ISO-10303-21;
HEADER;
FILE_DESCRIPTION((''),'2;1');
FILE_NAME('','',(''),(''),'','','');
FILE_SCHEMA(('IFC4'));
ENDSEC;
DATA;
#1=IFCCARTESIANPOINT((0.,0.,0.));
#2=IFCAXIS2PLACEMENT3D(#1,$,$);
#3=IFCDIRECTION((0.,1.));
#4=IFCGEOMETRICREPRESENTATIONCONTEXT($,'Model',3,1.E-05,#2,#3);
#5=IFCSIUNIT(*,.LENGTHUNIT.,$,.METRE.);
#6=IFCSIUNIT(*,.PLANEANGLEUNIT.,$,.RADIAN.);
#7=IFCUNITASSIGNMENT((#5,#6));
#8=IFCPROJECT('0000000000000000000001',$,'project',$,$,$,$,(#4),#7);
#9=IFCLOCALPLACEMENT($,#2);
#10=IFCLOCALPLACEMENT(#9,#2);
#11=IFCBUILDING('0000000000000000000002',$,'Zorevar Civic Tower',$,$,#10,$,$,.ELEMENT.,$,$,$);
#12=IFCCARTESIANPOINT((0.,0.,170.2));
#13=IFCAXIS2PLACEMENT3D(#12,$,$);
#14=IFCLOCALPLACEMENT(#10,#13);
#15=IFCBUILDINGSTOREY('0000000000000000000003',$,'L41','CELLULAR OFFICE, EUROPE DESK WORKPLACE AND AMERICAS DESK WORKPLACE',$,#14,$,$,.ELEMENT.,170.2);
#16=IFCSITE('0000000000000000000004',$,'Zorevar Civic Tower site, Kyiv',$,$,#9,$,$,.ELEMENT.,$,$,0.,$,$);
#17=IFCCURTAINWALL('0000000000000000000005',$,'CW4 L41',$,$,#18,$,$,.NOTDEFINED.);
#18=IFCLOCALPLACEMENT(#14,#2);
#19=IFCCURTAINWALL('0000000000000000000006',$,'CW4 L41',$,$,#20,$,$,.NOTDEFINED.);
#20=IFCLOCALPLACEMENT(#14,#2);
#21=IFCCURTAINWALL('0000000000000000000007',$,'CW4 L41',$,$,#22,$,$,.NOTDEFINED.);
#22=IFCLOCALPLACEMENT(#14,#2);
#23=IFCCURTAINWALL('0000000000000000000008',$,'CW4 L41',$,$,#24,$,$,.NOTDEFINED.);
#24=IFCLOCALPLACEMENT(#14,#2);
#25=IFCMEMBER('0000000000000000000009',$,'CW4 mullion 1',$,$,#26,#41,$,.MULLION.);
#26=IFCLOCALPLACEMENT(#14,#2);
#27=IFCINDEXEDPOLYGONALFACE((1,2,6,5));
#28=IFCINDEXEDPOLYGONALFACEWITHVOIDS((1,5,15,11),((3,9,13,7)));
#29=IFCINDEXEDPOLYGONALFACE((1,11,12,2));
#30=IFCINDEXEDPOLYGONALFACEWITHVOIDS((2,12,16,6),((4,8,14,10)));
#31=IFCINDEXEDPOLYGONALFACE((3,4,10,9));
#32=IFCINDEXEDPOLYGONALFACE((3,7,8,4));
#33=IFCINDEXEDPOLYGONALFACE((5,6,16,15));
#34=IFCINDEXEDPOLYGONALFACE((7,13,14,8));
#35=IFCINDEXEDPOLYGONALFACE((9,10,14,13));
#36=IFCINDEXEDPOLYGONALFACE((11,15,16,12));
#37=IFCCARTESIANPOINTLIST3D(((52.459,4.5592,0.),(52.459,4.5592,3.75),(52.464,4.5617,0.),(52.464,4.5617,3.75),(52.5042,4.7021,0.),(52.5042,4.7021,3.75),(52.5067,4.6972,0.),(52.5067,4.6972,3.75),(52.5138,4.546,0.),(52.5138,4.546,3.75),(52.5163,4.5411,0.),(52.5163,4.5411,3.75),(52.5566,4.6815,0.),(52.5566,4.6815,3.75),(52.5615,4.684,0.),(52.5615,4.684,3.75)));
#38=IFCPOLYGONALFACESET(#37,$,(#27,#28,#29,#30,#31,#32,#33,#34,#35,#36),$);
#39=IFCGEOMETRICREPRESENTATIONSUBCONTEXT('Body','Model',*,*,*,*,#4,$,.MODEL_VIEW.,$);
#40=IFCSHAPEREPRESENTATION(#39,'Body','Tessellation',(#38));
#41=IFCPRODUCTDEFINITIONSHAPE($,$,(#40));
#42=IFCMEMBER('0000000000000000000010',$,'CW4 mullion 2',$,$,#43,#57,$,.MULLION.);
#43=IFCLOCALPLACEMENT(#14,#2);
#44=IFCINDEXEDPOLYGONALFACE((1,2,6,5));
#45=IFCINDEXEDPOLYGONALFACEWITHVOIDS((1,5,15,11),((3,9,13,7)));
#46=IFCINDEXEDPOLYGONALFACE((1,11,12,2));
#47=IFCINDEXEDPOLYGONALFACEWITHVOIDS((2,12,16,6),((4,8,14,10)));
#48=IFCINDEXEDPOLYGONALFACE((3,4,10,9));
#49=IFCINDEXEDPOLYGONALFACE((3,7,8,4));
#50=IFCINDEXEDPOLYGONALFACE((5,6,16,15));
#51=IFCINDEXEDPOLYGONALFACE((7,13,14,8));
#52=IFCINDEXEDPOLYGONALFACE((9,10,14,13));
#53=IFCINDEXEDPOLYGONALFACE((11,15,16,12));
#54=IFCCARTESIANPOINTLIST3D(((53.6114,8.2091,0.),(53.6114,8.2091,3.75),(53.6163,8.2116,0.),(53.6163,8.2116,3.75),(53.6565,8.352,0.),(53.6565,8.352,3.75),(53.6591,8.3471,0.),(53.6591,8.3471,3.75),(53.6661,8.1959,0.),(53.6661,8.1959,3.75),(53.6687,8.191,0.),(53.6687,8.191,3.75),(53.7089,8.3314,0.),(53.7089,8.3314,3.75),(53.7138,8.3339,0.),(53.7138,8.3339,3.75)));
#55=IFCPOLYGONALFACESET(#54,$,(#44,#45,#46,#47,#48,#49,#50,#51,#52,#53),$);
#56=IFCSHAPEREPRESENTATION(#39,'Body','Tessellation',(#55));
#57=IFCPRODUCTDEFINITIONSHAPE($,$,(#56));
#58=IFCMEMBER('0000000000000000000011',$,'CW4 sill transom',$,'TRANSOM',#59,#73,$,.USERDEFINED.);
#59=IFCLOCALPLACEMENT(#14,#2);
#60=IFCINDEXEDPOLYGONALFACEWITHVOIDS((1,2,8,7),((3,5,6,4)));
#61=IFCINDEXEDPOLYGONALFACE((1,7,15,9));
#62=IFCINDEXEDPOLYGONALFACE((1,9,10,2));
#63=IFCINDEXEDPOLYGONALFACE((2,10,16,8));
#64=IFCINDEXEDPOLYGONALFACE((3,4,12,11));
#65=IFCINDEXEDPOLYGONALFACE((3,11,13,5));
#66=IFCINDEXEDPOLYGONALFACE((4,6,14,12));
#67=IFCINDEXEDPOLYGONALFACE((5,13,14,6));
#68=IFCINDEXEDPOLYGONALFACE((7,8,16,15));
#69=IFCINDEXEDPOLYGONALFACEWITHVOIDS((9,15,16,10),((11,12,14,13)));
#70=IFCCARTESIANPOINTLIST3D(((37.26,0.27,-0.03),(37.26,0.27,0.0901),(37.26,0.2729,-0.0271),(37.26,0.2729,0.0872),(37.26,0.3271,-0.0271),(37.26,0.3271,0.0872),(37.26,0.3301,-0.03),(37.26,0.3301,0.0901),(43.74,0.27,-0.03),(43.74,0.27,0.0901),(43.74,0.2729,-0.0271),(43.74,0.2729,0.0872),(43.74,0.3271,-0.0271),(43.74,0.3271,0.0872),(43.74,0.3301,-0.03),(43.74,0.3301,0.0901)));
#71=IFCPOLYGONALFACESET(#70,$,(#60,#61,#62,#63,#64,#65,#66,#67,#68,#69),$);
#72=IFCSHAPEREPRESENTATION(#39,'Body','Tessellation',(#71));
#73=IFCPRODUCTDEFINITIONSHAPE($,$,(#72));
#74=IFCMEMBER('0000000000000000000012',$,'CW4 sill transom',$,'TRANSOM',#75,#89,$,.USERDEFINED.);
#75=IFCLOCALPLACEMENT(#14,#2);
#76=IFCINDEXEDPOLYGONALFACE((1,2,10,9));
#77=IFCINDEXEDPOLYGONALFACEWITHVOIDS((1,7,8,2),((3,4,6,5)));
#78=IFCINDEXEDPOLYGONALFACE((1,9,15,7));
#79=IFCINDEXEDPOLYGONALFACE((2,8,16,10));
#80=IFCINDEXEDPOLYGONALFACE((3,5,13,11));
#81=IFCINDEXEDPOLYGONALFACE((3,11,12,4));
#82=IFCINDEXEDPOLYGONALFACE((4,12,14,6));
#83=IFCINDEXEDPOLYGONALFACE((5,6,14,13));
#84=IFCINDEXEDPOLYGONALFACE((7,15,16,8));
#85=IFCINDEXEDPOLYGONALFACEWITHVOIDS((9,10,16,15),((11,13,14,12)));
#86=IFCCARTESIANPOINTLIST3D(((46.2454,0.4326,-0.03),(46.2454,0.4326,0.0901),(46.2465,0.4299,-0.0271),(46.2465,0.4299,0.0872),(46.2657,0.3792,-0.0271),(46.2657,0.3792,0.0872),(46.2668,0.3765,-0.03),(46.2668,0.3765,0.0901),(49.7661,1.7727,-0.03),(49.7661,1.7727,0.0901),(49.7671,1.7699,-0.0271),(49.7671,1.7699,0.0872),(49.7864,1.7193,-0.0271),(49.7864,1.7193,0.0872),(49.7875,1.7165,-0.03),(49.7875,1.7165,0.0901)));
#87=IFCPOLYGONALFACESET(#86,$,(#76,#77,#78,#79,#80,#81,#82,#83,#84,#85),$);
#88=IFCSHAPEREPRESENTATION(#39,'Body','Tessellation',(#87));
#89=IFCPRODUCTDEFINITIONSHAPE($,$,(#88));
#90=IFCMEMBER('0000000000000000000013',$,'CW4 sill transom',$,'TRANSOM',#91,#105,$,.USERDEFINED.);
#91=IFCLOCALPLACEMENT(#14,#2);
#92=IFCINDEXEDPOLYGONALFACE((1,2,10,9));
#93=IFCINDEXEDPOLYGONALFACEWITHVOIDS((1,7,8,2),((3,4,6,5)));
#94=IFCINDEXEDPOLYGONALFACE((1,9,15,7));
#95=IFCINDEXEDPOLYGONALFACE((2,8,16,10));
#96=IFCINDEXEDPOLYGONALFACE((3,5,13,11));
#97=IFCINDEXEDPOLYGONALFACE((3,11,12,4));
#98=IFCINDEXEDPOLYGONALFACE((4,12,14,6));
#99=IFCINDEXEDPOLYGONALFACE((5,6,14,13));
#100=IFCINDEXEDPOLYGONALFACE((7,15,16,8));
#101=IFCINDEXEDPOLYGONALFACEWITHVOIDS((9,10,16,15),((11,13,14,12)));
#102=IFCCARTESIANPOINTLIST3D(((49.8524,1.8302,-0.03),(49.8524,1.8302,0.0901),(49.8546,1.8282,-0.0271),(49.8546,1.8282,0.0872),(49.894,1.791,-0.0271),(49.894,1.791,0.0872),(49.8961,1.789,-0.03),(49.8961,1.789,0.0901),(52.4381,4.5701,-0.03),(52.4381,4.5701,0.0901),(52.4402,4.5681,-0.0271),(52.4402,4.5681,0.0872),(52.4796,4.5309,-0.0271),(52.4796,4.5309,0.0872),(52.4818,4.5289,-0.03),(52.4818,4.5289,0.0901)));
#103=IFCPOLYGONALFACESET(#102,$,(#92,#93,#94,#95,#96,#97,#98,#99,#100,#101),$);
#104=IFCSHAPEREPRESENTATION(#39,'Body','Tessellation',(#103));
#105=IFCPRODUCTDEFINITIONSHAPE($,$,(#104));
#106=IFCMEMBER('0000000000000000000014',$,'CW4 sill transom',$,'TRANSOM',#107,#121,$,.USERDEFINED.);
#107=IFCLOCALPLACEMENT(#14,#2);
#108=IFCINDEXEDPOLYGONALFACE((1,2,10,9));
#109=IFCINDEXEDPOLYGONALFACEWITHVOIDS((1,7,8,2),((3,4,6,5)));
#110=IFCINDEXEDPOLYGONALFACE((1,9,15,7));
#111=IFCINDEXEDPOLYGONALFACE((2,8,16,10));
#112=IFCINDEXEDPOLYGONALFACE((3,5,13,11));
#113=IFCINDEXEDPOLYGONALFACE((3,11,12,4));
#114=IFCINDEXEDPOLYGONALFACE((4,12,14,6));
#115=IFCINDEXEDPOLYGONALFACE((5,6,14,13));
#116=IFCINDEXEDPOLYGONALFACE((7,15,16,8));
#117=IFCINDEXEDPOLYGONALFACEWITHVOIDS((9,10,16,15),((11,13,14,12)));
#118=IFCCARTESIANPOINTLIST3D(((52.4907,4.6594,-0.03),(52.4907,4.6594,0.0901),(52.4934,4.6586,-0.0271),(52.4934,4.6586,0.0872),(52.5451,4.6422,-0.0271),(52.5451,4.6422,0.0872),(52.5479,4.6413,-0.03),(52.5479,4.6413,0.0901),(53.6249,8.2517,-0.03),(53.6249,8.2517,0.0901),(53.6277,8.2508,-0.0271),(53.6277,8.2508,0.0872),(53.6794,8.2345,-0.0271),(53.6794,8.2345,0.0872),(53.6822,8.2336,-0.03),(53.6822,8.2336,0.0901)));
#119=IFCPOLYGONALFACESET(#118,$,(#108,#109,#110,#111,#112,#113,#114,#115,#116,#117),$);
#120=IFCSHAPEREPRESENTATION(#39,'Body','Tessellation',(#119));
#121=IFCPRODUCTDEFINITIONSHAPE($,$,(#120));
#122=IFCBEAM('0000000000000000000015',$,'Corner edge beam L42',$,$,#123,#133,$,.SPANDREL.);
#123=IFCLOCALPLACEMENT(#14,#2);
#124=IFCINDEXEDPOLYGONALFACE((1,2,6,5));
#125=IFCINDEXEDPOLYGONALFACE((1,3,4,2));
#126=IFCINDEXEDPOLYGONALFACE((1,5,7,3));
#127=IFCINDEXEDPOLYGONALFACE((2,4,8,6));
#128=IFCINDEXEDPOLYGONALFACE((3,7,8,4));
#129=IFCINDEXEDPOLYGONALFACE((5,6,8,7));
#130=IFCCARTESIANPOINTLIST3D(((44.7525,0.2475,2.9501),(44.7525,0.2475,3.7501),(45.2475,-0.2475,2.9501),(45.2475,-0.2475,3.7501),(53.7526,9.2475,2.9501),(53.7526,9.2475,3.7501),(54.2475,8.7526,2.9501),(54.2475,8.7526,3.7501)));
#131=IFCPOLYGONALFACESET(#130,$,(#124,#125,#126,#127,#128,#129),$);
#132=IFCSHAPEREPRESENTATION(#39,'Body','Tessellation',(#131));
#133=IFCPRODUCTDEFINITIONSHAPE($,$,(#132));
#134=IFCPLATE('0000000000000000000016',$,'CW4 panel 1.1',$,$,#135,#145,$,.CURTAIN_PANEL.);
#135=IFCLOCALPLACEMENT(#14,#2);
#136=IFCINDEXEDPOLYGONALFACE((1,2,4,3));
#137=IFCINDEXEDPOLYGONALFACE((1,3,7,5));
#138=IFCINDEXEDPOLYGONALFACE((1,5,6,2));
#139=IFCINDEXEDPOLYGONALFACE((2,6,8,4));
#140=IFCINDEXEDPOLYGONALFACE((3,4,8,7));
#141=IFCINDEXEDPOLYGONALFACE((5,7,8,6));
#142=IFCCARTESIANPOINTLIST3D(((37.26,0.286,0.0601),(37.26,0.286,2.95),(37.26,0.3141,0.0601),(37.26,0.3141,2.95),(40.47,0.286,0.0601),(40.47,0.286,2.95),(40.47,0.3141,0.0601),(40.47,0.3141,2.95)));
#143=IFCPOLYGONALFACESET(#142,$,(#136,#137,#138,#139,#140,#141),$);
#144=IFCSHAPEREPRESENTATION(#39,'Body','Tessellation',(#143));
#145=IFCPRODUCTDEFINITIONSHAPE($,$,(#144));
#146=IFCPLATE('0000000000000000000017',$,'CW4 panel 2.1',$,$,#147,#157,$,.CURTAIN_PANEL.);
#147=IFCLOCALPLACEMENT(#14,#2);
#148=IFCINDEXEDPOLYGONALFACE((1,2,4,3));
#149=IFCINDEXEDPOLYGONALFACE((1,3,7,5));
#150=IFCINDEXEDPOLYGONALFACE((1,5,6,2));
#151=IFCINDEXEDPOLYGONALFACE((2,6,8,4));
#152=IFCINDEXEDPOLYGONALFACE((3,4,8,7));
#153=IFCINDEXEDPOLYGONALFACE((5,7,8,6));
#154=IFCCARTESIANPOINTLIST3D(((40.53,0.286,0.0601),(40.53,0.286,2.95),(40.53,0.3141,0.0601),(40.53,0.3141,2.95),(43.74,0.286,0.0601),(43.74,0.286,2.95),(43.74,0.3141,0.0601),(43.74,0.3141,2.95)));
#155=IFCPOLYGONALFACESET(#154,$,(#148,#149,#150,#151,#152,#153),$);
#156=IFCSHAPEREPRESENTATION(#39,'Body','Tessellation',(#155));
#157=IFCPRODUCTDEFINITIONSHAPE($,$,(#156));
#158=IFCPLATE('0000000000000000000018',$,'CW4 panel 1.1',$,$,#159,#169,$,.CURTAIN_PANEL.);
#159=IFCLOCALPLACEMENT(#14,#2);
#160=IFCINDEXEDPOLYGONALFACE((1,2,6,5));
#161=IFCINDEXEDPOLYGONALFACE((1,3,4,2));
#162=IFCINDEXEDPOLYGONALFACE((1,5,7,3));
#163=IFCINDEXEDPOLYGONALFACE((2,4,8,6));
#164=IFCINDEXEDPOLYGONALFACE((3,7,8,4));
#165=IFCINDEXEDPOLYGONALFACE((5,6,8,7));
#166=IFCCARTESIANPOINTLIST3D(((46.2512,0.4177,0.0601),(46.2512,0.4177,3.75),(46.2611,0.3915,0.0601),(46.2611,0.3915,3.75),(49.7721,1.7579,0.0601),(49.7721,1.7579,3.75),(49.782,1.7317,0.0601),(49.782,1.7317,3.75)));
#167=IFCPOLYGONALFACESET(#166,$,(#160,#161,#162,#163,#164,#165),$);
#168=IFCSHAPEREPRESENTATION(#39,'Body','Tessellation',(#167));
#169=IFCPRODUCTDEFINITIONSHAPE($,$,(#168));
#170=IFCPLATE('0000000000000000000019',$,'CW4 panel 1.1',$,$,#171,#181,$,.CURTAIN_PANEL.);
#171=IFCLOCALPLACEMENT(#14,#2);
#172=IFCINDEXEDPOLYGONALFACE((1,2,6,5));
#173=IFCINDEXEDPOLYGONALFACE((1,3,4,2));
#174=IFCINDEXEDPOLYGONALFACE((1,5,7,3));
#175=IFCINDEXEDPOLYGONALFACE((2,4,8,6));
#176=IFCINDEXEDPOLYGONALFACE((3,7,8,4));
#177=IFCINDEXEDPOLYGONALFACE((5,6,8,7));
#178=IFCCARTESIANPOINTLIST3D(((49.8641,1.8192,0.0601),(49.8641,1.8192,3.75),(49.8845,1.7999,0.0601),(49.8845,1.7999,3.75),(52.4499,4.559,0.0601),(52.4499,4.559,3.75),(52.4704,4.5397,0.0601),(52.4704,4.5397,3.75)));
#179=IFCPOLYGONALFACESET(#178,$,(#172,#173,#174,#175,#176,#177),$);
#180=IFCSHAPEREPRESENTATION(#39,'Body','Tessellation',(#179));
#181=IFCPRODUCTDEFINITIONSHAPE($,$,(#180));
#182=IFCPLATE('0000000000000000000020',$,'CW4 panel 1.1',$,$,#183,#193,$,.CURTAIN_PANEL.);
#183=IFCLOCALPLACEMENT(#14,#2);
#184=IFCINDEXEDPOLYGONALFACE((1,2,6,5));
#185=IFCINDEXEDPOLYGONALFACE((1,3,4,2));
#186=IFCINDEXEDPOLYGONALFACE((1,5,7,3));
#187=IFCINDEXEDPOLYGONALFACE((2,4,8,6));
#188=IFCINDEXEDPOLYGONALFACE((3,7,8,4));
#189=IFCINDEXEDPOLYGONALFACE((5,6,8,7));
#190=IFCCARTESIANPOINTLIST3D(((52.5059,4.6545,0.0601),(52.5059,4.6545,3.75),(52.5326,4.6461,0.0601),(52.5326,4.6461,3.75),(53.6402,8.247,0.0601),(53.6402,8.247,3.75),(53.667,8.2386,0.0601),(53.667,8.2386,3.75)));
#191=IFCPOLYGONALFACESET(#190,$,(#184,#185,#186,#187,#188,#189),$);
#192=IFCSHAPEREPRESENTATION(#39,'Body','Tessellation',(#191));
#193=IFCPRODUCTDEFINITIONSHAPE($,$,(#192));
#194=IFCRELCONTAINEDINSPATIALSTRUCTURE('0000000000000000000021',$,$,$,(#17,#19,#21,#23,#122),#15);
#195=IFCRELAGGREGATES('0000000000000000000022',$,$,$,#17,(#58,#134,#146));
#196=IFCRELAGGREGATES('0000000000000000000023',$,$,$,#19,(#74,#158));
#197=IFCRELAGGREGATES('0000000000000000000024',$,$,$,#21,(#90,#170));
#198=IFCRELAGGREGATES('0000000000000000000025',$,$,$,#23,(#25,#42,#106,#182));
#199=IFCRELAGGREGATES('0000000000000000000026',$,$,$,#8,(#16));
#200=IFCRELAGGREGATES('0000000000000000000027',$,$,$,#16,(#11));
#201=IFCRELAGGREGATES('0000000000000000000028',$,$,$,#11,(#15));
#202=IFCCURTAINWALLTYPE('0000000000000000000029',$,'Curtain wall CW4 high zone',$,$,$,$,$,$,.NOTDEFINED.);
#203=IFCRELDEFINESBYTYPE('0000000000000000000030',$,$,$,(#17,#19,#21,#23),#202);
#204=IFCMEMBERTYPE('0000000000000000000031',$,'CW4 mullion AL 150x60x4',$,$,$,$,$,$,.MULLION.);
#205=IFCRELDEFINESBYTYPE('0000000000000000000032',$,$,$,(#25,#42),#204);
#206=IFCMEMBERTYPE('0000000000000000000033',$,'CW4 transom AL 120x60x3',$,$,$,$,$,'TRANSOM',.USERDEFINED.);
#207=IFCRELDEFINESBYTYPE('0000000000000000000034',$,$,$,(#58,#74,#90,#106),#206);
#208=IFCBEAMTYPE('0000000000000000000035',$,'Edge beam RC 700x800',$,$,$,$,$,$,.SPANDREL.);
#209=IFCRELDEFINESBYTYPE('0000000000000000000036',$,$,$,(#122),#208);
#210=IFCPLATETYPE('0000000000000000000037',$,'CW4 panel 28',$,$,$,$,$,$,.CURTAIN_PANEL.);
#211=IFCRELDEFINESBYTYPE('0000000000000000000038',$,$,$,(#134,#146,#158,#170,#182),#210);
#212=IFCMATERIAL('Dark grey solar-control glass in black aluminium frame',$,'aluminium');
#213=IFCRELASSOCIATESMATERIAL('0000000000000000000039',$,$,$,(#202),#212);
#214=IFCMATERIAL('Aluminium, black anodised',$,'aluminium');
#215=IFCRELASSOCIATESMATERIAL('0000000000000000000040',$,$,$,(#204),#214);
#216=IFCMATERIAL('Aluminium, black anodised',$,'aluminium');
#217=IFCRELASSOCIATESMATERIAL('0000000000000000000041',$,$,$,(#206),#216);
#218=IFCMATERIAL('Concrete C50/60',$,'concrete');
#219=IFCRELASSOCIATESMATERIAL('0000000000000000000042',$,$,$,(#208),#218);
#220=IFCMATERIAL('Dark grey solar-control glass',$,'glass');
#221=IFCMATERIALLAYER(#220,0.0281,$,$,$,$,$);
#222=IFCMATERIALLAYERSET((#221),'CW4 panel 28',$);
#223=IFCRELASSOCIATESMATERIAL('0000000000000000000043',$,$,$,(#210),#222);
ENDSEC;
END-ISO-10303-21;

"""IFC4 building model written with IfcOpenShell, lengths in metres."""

from ifc_helpers import new_model, si_unit, direction, frame, origin, origin_2d, place, context, subcontext, project, spatial, rectangle, hollow_rectangle, extrude, material, layer, layer_set, material_profile, profile_set, type_object, element, aggregate, save


model = new_model("IFC4")

# Units and contexts
model_context = context("Model", 3, precision=1e-05, world=origin(), true_north=direction((0.0, 1.0)))
body_context = subcontext(model_context, "Body", "Model", "MODEL_VIEW")
ifc_project = project(units=[si_unit("LENGTHUNIT", "METRE"), si_unit("PLANEANGLEUNIT", "RADIAN")], contexts=[model_context])

# Site, building, storey
site_placement = place(None, origin())
site = spatial("IfcSite", under=ifc_project, at=site_placement, Name="Zorevar Civic Tower site, Kyiv", CompositionType="ELEMENT", RefElevation=0.0)
building_placement = place(site_placement, origin())
building = spatial("IfcBuilding", under=site, at=building_placement, Name="Zorevar Civic Tower", CompositionType="ELEMENT")
storey_placement = place(building_placement, frame((0.0, 0.0, 170.2)))
storey = spatial("IfcBuildingStorey", under=building, at=storey_placement, Name="L41", Description="CELLULAR OFFICE, EUROPE DESK WORKPLACE AND AMERICAS DESK WORKPLACE", CompositionType="ELEMENT", Elevation=170.2)

# Curtain walls, members
ifc_material_1 = material(Name="Dark grey solar-control glass in black aluminium frame", Category="aluminium")
curtain_wall_type = type_object("IfcCurtainWallType", Name="Curtain wall CW4 high zone", PredefinedType="NOTDEFINED", material=ifc_material_1)
curtain_wall_1_placement = place(storey_placement, origin())
curtain_wall_1 = element("IfcCurtainWall", 1, at=curtain_wall_1_placement, inside=storey, type_object=curtain_wall_type, Name="CW4 L41", PredefinedType="NOTDEFINED")
ifc_material_2 = material(Name="Aluminium, black anodised", Category="aluminium")
ifc_material_profile_1 = material_profile(ifc_material_2, hollow_rectangle(XDim=0.0601, YDim=0.1499, WallThickness=0.0039, at=origin_2d()), Name="AL 150x60x4")
ifc_profile_set_1 = profile_set([ifc_material_profile_1], Name="Aluminium, black anodised")
member_type_1 = type_object("IfcMemberType", Name="CW4 mullion AL 150x60x4", PredefinedType="MULLION", material=ifc_profile_set_1)
curtain_wall_2_placement = place(storey_placement, origin())
curtain_wall_2 = element("IfcCurtainWall", 2, at=curtain_wall_2_placement, inside=storey, type_object=curtain_wall_type, Name="CW4 L41", PredefinedType="NOTDEFINED")
curtain_wall_3_placement = place(storey_placement, origin())
curtain_wall_3 = element("IfcCurtainWall", 3, at=curtain_wall_3_placement, inside=storey, type_object=curtain_wall_type, Name="CW4 L41", PredefinedType="NOTDEFINED")
curtain_wall_4_placement = place(storey_placement, origin())
curtain_wall_4 = element("IfcCurtainWall", 4, at=curtain_wall_4_placement, inside=storey, type_object=curtain_wall_type, Name="CW4 L41", PredefinedType="NOTDEFINED")
member_1_placement = place(storey_placement, frame((52.5103, 4.6216, 0.0), z_axis=(0.0, 0.0, 1.0), x_axis=(-0.95359, 0.301108, 0.0)))
member_1 = element("IfcMember", 5, at=member_1_placement, type_object=member_type_1, Name="CW4 mullion 1", PredefinedType="MULLION", context=body_context, shape_type="SweptSolid", body=[
    extrude(hollow_rectangle(XDim=0.0601, YDim=0.1499, WallThickness=0.0039, at=origin_2d()), origin(), (0.0, 0.0, 1.0), 3.75),
])
member_2_placement = place(storey_placement, frame((53.6626, 8.2715, 0.0), z_axis=(0.0, 0.0, 1.0), x_axis=(-0.95359, 0.301108, 0.0)))
member_2 = element("IfcMember", 6, at=member_2_placement, type_object=member_type_1, Name="CW4 mullion 2", PredefinedType="MULLION", context=body_context, shape_type="SweptSolid", body=[
    extrude(hollow_rectangle(XDim=0.0601, YDim=0.1499, WallThickness=0.0039, at=origin_2d()), origin(), (0.0, 0.0, 1.0), 3.75),
])

# Members
ifc_material_3 = material(Name="Aluminium, black anodised", Category="aluminium")
ifc_material_profile_2 = material_profile(ifc_material_3, hollow_rectangle(XDim=0.0601, YDim=0.1201, WallThickness=0.0029, at=origin_2d()), Name="AL 120x60x3")
ifc_profile_set_2 = profile_set([ifc_material_profile_2], Name="Aluminium, black anodised")
member_type_2 = type_object("IfcMemberType", Name="CW4 transom AL 120x60x3", ElementType="TRANSOM", PredefinedType="USERDEFINED", material=ifc_profile_set_2)
member_3_placement = place(storey_placement, frame((37.26, 0.3, 0.03), z_axis=(1.0, 0.0, 0.0), x_axis=(0.0, 1.0, 0.0)))
member_3 = element("IfcMember", 7, at=member_3_placement, type_object=member_type_2, Name="CW4 sill transom", ObjectType="TRANSOM", PredefinedType="USERDEFINED", context=body_context, shape_type="SweptSolid", body=[
    extrude(hollow_rectangle(XDim=0.0601, YDim=0.1201, WallThickness=0.0029, at=origin_2d()), origin(), (0.0, 0.0, 1.0), 6.48),
])
member_4_placement = place(storey_placement, frame((46.2561, 0.4045, 0.03), z_axis=(0.934589, 0.355729, 0.0), x_axis=(-0.355729, 0.934589, 0.0)))
member_4 = element("IfcMember", 8, at=member_4_placement, type_object=member_type_2, Name="CW4 sill transom", ObjectType="TRANSOM", PredefinedType="USERDEFINED", context=body_context, shape_type="SweptSolid", body=[
    extrude(hollow_rectangle(XDim=0.0601, YDim=0.1201, WallThickness=0.0029, at=origin_2d()), origin(), (0.0, 0.0, 1.0), 3.7671),
])
member_5_placement = place(storey_placement, frame((49.8743, 1.8096, 0.03), z_axis=(0.686332, 0.727288, 0.0), x_axis=(-0.727288, 0.686332, 0.0)))
member_5 = element("IfcMember", 9, at=member_5_placement, type_object=member_type_2, Name="CW4 sill transom", ObjectType="TRANSOM", PredefinedType="USERDEFINED", context=body_context, shape_type="SweptSolid", body=[
    extrude(hollow_rectangle(XDim=0.0601, YDim=0.1201, WallThickness=0.0029, at=origin_2d()), origin(), (0.0, 0.0, 1.0), 3.7673),
])
member_6_placement = place(storey_placement, frame((52.5193, 4.6504, 0.03), z_axis=(0.3011, 0.953592, 0.0), x_axis=(-0.953592, 0.3011, 0.0)))
member_6 = element("IfcMember", 10, at=member_6_placement, type_object=member_type_2, Name="CW4 sill transom", ObjectType="TRANSOM", PredefinedType="USERDEFINED", context=body_context, shape_type="SweptSolid", body=[
    extrude(hollow_rectangle(XDim=0.0601, YDim=0.1201, WallThickness=0.0029, at=origin_2d()), origin(), (0.0, 0.0, 1.0), 3.7671),
])

# Beam
ifc_material_4 = material(Name="Concrete C50/60", Category="concrete")
ifc_material_profile_3 = material_profile(ifc_material_4, rectangle(XDim=0.7, YDim=0.8, at=origin_2d()), Name="RC 700x800")
ifc_profile_set_3 = profile_set([ifc_material_profile_3], Name="Concrete C50/60")
beam_type_1 = type_object("IfcBeamType", Name="Edge beam RC 700x800", PredefinedType="SPANDREL", material=ifc_profile_set_3)
beam_1_placement = place(storey_placement, frame((45.0, 0.0, 3.3501), z_axis=(0.707107, 0.707107, 0.0), x_axis=(-0.707107, 0.707107, 0.0)))
element("IfcBeam", 11, at=beam_1_placement, inside=storey, type_object=beam_type_1, Name="Corner edge beam L42", PredefinedType="SPANDREL", context=body_context, shape_type="SweptSolid", body=[
    extrude(rectangle(XDim=0.7, YDim=0.8, at=origin_2d()), origin(), (0.0, 0.0, 1.0), 12.728),
])

# Plates
ifc_material_5 = material(Name="Dark grey solar-control glass", Category="glass")
ifc_layer_1 = layer(ifc_material_5, 0.0281)
ifc_layer_set_1 = layer_set([ifc_layer_1], Name="CW4 panel 28")
plate_type = type_object("IfcPlateType", Name="CW4 panel 28", PredefinedType="CURTAIN_PANEL", material=ifc_layer_set_1)
plate_1_placement = place(storey_placement, frame((38.865, 0.3, 0.0601), z_axis=(0.0, 0.0, 1.0), x_axis=(1.0, 0.0, 0.0)))
plate_1 = element("IfcPlate", 12, at=plate_1_placement, type_object=plate_type, Name="CW4 panel 1.1", PredefinedType="CURTAIN_PANEL", context=body_context, shape_type="SweptSolid", body=[
    extrude(rectangle(XDim=3.21, YDim=0.0281, at=origin_2d()), origin(), (0.0, 0.0, 1.0), 2.8899),
])
plate_2_placement = place(storey_placement, frame((42.135, 0.3, 0.0601), z_axis=(0.0, 0.0, 1.0), x_axis=(1.0, 0.0, 0.0)))
plate_2 = element("IfcPlate", 13, at=plate_2_placement, type_object=plate_type, Name="CW4 panel 2.1", PredefinedType="CURTAIN_PANEL", context=body_context, shape_type="SweptSolid", body=[
    extrude(rectangle(XDim=3.21, YDim=0.0281, at=origin_2d()), origin(), (0.0, 0.0, 1.0), 2.8899),
])
aggregate(curtain_wall_1, [member_3, plate_1, plate_2])
plate_3_placement = place(storey_placement, frame((48.0166, 1.0747, 0.0601), z_axis=(0.0, 0.0, 1.0), x_axis=(0.934588, 0.355731, 0.0)))
plate_3 = element("IfcPlate", 14, at=plate_3_placement, type_object=plate_type, Name="CW4 panel 1.1", PredefinedType="CURTAIN_PANEL", context=body_context, shape_type="SweptSolid", body=[
    extrude(rectangle(XDim=3.7673, YDim=0.0281, at=origin_2d()), origin(), (0.0, 0.0, 1.0), 3.6899),
])
aggregate(curtain_wall_2, [member_4, plate_3])
plate_4_placement = place(storey_placement, frame((51.1672, 3.1794, 0.0601), z_axis=(0.0, 0.0, 1.0), x_axis=(0.686378, 0.727245, 0.0)))
plate_4 = element("IfcPlate", 15, at=plate_4_placement, type_object=plate_type, Name="CW4 panel 1.1", PredefinedType="CURTAIN_PANEL", context=body_context, shape_type="SweptSolid", body=[
    extrude(rectangle(XDim=3.7673, YDim=0.0281, at=origin_2d()), origin(), (0.0, 0.0, 1.0), 3.6899),
])
aggregate(curtain_wall_3, [member_5, plate_4])
plate_5_placement = place(storey_placement, frame((53.0864, 6.4465, 0.0601), z_axis=(0.0, 0.0, 1.0), x_axis=(0.301108, 0.95359, 0.0)))
plate_5 = element("IfcPlate", 16, at=plate_5_placement, type_object=plate_type, Name="CW4 panel 1.1", PredefinedType="CURTAIN_PANEL", context=body_context, shape_type="SweptSolid", body=[
    extrude(rectangle(XDim=3.7673, YDim=0.0281, at=origin_2d()), origin(), (0.0, 0.0, 1.0), 3.6899),
])
aggregate(curtain_wall_4, [member_1, member_2, member_6, plate_5])

save(model, "model.ifc")
